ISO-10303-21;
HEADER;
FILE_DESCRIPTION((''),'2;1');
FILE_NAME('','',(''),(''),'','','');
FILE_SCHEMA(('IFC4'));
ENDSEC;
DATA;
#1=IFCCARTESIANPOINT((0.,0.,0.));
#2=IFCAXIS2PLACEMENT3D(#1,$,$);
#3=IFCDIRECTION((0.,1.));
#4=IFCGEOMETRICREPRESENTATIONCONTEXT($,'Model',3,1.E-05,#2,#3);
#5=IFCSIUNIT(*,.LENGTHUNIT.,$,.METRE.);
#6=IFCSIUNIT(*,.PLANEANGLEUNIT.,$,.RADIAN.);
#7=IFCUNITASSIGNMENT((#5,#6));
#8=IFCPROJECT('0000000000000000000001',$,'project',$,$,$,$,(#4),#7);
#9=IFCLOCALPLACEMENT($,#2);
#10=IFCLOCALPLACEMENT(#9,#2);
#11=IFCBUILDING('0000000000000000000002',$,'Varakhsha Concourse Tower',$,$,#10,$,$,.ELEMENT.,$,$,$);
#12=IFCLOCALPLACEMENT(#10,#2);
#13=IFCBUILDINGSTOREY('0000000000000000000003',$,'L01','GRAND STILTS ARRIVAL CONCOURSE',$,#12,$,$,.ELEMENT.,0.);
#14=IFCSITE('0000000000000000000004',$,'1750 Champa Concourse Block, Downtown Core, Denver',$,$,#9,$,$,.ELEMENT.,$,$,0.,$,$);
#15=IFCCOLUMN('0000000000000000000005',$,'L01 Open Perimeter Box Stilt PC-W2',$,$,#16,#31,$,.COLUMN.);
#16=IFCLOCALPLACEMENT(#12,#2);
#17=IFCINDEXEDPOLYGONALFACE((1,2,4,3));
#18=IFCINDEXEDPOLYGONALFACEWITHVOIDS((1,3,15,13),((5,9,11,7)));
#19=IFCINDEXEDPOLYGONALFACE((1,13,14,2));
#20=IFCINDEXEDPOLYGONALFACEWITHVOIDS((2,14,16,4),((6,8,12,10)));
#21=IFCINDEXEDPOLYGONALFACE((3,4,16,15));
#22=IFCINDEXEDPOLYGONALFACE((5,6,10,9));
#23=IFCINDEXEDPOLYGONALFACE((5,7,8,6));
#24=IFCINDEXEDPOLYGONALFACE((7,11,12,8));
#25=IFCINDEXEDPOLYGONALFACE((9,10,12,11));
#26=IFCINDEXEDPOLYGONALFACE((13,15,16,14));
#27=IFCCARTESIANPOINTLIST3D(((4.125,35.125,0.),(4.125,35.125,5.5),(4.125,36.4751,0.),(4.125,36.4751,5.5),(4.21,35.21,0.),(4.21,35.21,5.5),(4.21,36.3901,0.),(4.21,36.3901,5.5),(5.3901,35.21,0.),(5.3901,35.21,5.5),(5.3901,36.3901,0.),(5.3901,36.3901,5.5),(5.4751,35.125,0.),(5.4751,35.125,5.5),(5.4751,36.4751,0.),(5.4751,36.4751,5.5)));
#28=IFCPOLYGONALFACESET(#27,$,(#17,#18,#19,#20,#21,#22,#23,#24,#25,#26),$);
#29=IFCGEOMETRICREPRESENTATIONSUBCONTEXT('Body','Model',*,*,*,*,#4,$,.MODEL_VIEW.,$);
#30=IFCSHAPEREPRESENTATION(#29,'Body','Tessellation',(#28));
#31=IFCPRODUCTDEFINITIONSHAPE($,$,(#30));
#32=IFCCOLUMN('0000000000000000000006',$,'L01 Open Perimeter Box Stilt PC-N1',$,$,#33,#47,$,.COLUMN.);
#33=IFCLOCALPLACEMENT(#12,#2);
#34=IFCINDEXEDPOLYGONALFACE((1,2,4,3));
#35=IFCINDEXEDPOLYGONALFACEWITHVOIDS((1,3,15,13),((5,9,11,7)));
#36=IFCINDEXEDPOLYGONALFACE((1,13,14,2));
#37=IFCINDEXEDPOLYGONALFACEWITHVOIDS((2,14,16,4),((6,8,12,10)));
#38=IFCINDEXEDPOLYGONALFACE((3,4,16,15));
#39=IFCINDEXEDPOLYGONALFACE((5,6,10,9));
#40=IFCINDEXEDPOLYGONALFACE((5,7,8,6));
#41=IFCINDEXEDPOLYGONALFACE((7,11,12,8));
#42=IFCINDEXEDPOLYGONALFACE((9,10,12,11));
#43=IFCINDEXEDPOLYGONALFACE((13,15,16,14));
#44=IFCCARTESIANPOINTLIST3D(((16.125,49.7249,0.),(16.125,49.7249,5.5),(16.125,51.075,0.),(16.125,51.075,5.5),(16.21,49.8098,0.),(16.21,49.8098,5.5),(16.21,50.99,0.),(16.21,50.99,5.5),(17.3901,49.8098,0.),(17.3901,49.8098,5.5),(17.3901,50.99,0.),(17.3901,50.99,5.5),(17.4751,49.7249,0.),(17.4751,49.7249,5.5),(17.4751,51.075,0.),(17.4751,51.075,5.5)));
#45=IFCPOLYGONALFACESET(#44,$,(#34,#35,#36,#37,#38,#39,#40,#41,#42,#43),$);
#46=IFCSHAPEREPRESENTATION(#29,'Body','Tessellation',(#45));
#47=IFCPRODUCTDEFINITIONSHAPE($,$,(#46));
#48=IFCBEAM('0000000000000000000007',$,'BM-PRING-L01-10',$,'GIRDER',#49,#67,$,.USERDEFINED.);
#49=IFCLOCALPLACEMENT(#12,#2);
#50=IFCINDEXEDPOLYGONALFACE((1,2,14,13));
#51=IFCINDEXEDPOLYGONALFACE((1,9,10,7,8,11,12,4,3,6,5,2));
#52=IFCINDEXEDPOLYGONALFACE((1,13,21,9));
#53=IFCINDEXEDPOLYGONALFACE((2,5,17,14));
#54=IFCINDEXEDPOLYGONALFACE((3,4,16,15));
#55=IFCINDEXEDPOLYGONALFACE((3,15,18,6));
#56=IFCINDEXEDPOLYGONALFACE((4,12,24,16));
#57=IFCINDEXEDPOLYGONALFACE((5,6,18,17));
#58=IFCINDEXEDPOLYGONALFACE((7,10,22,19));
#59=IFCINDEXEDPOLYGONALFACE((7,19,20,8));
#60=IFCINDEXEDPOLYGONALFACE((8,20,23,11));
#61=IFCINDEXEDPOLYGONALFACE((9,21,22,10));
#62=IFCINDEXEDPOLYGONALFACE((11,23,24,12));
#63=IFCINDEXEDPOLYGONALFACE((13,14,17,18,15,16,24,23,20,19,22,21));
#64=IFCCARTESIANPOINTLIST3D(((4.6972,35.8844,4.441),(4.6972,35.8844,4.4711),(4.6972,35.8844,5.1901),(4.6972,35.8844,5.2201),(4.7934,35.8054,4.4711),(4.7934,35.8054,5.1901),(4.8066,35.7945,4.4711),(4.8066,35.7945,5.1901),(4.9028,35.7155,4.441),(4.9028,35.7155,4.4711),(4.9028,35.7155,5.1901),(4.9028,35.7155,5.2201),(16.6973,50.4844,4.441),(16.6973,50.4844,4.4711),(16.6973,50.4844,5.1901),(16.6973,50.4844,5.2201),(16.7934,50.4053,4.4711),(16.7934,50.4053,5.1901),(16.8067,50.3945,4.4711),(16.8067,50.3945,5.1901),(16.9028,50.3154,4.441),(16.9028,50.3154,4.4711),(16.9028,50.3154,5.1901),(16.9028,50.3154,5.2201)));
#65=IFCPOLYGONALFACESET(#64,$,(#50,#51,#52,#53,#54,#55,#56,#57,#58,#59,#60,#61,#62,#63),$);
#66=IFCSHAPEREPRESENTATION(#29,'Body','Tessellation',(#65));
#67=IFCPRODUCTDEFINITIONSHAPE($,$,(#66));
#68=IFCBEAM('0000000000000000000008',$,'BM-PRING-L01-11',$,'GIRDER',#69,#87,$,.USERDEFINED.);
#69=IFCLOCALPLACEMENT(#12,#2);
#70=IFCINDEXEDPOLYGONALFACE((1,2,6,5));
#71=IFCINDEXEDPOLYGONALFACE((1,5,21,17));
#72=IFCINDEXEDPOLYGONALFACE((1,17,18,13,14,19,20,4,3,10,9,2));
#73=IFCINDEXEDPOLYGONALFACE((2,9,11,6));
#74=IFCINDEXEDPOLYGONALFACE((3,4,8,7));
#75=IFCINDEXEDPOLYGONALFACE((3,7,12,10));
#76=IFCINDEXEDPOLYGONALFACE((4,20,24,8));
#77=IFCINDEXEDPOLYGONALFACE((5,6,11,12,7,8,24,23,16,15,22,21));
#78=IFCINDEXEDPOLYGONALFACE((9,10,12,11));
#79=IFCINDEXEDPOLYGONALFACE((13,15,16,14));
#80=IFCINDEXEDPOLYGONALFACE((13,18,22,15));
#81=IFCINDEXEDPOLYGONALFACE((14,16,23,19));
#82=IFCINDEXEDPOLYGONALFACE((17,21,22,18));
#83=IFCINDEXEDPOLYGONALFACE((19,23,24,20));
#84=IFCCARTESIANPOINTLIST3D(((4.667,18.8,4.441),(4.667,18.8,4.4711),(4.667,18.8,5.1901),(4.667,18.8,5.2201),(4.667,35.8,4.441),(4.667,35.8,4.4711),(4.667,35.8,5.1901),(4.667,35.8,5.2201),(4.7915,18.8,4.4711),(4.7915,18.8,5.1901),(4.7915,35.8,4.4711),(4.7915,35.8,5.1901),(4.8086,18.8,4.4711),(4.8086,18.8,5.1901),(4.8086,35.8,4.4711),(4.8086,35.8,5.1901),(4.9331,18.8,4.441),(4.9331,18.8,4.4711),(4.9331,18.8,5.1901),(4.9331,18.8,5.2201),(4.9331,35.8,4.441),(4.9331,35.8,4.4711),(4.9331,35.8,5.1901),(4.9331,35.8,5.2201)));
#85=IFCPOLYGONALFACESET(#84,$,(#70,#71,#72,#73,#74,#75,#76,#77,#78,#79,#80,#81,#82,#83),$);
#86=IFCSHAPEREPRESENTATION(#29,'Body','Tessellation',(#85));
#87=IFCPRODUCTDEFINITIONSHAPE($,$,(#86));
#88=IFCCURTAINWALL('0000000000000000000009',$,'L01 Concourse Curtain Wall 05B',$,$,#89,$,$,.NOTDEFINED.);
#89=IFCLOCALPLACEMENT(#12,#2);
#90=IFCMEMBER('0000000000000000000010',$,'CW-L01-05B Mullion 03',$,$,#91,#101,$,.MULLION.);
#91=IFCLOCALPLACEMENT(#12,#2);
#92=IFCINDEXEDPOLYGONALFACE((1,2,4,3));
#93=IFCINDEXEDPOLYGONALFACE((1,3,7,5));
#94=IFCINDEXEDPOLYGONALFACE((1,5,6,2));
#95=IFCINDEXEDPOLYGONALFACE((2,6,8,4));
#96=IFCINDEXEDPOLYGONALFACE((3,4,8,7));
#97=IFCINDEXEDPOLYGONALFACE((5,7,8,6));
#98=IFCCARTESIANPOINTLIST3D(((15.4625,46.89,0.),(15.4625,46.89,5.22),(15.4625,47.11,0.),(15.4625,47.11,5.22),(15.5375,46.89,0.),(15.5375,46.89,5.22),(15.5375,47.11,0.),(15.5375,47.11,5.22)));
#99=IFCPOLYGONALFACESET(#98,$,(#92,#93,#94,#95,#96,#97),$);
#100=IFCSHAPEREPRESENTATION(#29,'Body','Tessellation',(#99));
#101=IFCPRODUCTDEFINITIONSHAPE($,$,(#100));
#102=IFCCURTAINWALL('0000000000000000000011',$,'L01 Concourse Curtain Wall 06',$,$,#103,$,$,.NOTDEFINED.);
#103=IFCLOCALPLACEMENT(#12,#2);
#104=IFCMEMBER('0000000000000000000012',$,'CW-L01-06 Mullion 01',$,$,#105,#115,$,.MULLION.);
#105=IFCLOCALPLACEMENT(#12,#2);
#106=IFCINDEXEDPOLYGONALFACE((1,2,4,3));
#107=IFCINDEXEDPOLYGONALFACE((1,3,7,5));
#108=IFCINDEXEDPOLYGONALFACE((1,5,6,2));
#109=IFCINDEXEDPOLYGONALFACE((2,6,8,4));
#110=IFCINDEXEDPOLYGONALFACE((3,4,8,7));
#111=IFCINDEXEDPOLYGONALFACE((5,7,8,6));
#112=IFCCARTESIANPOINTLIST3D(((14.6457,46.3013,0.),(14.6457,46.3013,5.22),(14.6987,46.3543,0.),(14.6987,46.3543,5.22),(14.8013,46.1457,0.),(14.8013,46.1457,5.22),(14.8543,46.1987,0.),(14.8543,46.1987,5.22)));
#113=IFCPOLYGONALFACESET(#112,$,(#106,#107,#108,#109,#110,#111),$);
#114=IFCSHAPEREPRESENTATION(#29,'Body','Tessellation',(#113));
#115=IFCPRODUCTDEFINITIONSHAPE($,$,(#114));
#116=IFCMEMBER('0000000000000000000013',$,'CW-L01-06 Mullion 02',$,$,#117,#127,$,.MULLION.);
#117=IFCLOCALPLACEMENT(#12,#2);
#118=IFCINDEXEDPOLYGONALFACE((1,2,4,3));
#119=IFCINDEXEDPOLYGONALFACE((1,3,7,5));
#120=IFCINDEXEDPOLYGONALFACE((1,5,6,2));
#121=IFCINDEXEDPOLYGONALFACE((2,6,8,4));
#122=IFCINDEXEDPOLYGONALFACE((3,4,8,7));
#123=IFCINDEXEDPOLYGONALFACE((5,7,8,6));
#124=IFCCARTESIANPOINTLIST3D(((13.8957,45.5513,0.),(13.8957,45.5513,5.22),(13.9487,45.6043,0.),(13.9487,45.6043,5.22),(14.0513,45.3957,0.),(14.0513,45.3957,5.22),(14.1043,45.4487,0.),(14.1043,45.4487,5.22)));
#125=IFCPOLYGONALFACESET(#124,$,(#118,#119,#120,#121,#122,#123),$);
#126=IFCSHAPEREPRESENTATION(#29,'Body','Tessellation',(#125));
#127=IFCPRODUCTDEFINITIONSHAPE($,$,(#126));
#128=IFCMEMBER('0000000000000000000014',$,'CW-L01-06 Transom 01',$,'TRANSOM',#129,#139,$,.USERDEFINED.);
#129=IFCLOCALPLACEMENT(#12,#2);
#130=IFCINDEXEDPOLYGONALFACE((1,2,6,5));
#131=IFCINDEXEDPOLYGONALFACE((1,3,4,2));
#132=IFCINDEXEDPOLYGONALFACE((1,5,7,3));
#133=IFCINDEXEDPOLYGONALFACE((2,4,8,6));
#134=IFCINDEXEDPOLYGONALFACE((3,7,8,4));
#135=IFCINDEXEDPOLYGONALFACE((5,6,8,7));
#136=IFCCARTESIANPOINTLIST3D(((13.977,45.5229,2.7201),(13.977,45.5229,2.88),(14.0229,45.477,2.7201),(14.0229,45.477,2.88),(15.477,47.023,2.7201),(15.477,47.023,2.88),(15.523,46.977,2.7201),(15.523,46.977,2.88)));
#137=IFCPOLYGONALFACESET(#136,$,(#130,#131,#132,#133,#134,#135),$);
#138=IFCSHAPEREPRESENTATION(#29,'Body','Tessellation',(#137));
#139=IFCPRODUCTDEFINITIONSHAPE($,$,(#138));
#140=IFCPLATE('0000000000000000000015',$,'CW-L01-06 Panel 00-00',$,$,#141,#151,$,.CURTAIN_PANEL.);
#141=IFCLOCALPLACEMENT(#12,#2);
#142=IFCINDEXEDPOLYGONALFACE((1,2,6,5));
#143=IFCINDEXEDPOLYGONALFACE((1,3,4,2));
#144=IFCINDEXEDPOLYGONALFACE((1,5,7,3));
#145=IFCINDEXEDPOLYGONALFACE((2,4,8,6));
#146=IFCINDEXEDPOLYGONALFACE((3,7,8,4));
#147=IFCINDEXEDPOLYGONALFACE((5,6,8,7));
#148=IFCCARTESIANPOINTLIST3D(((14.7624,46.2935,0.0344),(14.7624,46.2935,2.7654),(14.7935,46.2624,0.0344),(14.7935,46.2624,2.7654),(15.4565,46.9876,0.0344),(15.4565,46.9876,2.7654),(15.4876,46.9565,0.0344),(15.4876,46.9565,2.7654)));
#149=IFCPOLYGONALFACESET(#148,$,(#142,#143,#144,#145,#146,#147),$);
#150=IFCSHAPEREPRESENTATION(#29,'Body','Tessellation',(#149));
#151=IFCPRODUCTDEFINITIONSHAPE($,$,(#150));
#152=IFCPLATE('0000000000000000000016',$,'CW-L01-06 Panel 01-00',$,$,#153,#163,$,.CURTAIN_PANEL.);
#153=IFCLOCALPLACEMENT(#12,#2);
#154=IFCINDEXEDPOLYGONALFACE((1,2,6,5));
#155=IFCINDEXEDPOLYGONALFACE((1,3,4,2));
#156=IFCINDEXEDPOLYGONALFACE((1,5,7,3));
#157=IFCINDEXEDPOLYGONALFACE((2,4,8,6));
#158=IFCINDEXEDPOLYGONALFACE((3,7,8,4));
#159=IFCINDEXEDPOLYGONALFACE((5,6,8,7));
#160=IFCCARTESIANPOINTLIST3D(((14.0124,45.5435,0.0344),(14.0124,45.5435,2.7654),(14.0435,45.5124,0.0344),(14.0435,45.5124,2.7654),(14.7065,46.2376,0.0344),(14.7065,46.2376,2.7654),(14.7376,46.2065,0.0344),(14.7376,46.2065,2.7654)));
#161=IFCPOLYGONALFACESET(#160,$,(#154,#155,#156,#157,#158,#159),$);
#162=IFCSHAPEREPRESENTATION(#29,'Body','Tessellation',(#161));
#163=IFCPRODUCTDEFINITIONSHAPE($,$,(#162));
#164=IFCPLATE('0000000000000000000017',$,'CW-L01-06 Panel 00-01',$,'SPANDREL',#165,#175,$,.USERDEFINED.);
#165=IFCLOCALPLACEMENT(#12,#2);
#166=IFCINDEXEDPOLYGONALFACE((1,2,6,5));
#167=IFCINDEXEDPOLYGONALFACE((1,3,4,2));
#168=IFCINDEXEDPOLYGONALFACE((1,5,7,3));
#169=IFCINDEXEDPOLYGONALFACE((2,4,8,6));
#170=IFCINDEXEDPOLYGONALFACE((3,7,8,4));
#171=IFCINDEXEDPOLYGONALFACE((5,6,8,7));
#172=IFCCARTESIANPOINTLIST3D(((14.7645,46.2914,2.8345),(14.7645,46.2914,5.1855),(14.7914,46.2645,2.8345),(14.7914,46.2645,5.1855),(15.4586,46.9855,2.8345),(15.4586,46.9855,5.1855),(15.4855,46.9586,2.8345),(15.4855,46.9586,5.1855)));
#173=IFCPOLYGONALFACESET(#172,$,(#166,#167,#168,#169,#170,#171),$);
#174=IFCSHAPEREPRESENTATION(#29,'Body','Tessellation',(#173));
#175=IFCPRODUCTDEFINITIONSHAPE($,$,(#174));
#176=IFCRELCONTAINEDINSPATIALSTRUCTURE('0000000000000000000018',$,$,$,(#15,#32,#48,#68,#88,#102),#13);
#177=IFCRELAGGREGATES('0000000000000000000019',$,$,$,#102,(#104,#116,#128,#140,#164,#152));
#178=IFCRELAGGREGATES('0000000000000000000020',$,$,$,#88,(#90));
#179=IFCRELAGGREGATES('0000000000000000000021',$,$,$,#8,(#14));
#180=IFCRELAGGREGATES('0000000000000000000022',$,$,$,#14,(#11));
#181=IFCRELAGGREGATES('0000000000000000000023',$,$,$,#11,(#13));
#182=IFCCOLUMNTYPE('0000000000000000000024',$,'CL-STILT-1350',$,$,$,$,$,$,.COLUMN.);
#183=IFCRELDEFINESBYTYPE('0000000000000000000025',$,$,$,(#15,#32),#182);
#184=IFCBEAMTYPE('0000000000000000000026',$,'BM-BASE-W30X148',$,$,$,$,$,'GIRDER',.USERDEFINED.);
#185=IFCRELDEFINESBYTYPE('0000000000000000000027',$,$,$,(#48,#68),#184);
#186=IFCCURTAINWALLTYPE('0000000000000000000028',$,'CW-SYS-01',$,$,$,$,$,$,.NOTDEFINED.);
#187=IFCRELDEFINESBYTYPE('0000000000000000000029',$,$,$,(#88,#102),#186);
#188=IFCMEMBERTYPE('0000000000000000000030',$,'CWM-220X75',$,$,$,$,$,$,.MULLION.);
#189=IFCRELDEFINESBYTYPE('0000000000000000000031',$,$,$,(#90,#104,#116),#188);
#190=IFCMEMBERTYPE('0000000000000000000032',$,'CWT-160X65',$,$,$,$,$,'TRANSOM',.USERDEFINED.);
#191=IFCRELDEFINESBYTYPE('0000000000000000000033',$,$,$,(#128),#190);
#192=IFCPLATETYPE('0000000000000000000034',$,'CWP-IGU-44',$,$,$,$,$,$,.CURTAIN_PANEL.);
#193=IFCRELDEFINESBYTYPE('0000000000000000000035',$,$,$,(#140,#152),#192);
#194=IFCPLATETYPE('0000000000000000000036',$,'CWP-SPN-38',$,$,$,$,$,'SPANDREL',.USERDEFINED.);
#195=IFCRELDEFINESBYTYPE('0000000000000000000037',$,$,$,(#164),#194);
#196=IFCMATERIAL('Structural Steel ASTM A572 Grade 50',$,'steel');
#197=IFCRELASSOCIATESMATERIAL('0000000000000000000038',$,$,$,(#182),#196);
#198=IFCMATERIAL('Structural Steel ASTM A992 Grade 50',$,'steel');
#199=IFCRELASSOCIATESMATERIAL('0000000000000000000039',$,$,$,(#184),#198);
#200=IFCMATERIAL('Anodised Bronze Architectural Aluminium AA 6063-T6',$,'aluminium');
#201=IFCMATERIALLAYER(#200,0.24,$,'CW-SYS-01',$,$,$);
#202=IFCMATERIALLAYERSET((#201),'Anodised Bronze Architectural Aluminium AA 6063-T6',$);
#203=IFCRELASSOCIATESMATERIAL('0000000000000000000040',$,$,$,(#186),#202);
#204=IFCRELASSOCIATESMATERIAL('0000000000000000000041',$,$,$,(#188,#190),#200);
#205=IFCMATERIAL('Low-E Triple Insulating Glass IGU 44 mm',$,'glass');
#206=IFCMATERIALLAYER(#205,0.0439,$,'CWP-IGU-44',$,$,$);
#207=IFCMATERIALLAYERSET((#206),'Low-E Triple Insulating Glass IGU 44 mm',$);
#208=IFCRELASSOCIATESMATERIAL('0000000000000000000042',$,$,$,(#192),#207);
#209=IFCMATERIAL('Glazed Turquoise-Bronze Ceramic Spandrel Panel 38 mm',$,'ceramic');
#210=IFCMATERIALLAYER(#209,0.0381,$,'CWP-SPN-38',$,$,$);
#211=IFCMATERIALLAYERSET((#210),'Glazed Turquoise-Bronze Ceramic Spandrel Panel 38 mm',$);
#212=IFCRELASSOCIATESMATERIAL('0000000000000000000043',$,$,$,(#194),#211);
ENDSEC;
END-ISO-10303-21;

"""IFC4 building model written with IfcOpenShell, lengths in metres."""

from ifc_helpers import new_model, si_unit, direction, frame, origin, origin_2d, place, context, subcontext, project, spatial, rectangle, hollow_rectangle, i_section, extrude, source, transform, mapped, material, layer, layer_set, material_profile, profile_set, type_object, type_shapes, element, aggregate, save


model = new_model("IFC4")

# Units and contexts
model_context = context("Model", 3, precision=1e-05, world=origin(), true_north=direction((0.0, 1.0)))
body_context = subcontext(model_context, "Body", "Model", "MODEL_VIEW")
ifc_project = project(units=[si_unit("LENGTHUNIT", "METRE"), si_unit("PLANEANGLEUNIT", "RADIAN")], contexts=[model_context])

# Site, building, storey
site_placement = place(None, origin())
site = spatial("IfcSite", under=ifc_project, at=site_placement, Name="1750 Champa Concourse Block, Downtown Core, Denver", CompositionType="ELEMENT", RefElevation=0.0)
building_placement = place(site_placement, origin())
building = spatial("IfcBuilding", under=site, at=building_placement, Name="Varakhsha Concourse Tower", CompositionType="ELEMENT")
storey_placement = place(building_placement, origin())
storey = spatial("IfcBuildingStorey", under=building, at=storey_placement, Name="L01", Description="GRAND STILTS ARRIVAL CONCOURSE", CompositionType="ELEMENT", Elevation=0.0)

# Columns
ifc_material_1 = material(Name="Structural Steel ASTM A572 Grade 50", Category="steel")
ifc_material_profile_1 = material_profile(ifc_material_1, hollow_rectangle(XDim=1.3501, YDim=1.3501, WallThickness=0.085, at=origin_2d()), Name="BOX 1350x1350x85")
ifc_profile_set_1 = profile_set([ifc_material_profile_1], Name="Structural Steel ASTM A572 Grade 50")
column_type = type_object("IfcColumnType", Name="CL-STILT-1350", PredefinedType="COLUMN", material=ifc_profile_set_1)
for number, where, z_axis, x_axis, name in (
    (1, (4.8, 35.8, 0.0), (0.0, 0.0, 1.0), (1.0, 0.0, 0.0), "L01 Open Perimeter Box Stilt PC-W2"),
    (2, (16.8, 50.3999, 0.0), (0.0, 0.0, 1.0), (1.0, 0.0, 0.0), "L01 Open Perimeter Box Stilt PC-N1"),
):
    element("IfcColumn", number, at=place(storey_placement, frame(where, z_axis=z_axis, x_axis=x_axis)), inside=storey, type_object=column_type, Name=name, PredefinedType="COLUMN", context=body_context, shape_type="SweptSolid", body=[
        extrude(hollow_rectangle(XDim=1.3501, YDim=1.3501, WallThickness=0.085, at=origin_2d()), origin(), (0.0, 0.0, 1.0), 5.5),
    ])

# Beams
ifc_material_2 = material(Name="Structural Steel ASTM A992 Grade 50", Category="steel")
ifc_material_profile_2 = material_profile(ifc_material_2, i_section(OverallWidth=0.2661, OverallDepth=0.7791, WebThickness=0.0171, FlangeThickness=0.03, at=origin_2d()), Name="W30X148")
ifc_profile_set_2 = profile_set([ifc_material_profile_2], Name="Structural Steel ASTM A992 Grade 50")
beam_type = type_object("IfcBeamType", Name="BM-BASE-W30X148", ElementType="GIRDER", PredefinedType="USERDEFINED", material=ifc_profile_set_2)
beam_1_placement = place(storey_placement, frame((16.8, 50.3999, 4.8306), z_axis=(-0.634969, -0.772538, 0.0), x_axis=(0.772538, -0.634969, 0.0)))
element("IfcBeam", 3, at=beam_1_placement, inside=storey, type_object=beam_type, Name="BM-PRING-L01-10", ObjectType="GIRDER", PredefinedType="USERDEFINED", context=body_context, shape_type="SweptSolid", body=[
    extrude(i_section(OverallWidth=0.2661, OverallDepth=0.7791, WebThickness=0.0171, FlangeThickness=0.03, at=origin_2d()), origin(), (0.0, 0.0, 1.0), 18.8987),
])
beam_2_placement = place(storey_placement, frame((4.8, 35.8, 4.8306), z_axis=(0.0, -1.0, 0.0), x_axis=(1.0, 0.0, 0.0)))
element("IfcBeam", 4, at=beam_2_placement, inside=storey, type_object=beam_type, Name="BM-PRING-L01-11", ObjectType="GIRDER", PredefinedType="USERDEFINED", context=body_context, shape_type="SweptSolid", body=[
    extrude(i_section(OverallWidth=0.2661, OverallDepth=0.7791, WebThickness=0.0171, FlangeThickness=0.03, at=origin_2d()), origin(), (0.0, 0.0, 1.0), 17.0),
])

# Curtain wall, member
ifc_material_3 = material(Name="Anodised Bronze Architectural Aluminium AA 6063-T6", Category="aluminium")
ifc_layer_1 = layer(ifc_material_3, 0.24, Name="CW-SYS-01")
ifc_layer_set_1 = layer_set([ifc_layer_1], Name="Anodised Bronze Architectural Aluminium AA 6063-T6")
curtain_wall_type = type_object("IfcCurtainWallType", Name="CW-SYS-01", PredefinedType="NOTDEFINED", material=ifc_layer_set_1)
curtain_wall_1_placement = place(storey_placement, origin())
curtain_wall_1 = element("IfcCurtainWall", 5, at=curtain_wall_1_placement, inside=storey, type_object=curtain_wall_type, Name="L01 Concourse Curtain Wall 05B", PredefinedType="NOTDEFINED")
ifc_material_profile_3 = material_profile(ifc_material_3, rectangle(XDim=0.075, YDim=0.22, at=origin_2d()), Name="CWM-220X75")
ifc_profile_set_3 = profile_set([ifc_material_profile_3], Name="Anodised Bronze Architectural Aluminium AA 6063-T6")
member_type_1 = type_object("IfcMemberType", Name="CWM-220X75", PredefinedType="MULLION", material=ifc_profile_set_3)
shared_shape_1 = source(origin(), body_context, "Body", "SweptSolid", [
    extrude(rectangle(XDim=0.075, YDim=0.22, at=origin_2d()), origin(), (0.0, 0.0, 1.0), 5.22),
])
type_shapes(member_type_1, [shared_shape_1])
member_1_placement = place(storey_placement, frame((15.5, 47.0, 0.0), z_axis=(0.0, 0.0, 1.0), x_axis=(-1.0, 0.0, 0.0)))
member_1 = element("IfcMember", 6, at=member_1_placement, type_object=member_type_1, Name="CW-L01-05B Mullion 03", PredefinedType="MULLION", context=body_context, shape_type="MappedRepresentation", body=[
    mapped(shared_shape_1, transform((0.0, 0.0, 0.0), scale=1.0)),
])

# Curtain wall, members, plates
curtain_wall_2_placement = place(storey_placement, origin())
curtain_wall_2 = element("IfcCurtainWall", 7, at=curtain_wall_2_placement, inside=storey, type_object=curtain_wall_type, Name="L01 Concourse Curtain Wall 06", PredefinedType="NOTDEFINED")
member_2_placement = place(storey_placement, frame((14.75, 46.25, 0.0), z_axis=(0.0, 0.0, 1.0), x_axis=(-0.707107, -0.707107, 0.0)))
member_2 = element("IfcMember", 8, at=member_2_placement, type_object=member_type_1, Name="CW-L01-06 Mullion 01", PredefinedType="MULLION", context=body_context, shape_type="MappedRepresentation", body=[
    mapped(shared_shape_1, transform((0.0, 0.0, 0.0), scale=1.0)),
])
member_3_placement = place(storey_placement, frame((14.0, 45.5, 0.0), z_axis=(0.0, 0.0, 1.0), x_axis=(-0.707107, -0.707107, 0.0)))
member_3 = element("IfcMember", 9, at=member_3_placement, type_object=member_type_1, Name="CW-L01-06 Mullion 02", PredefinedType="MULLION", context=body_context, shape_type="MappedRepresentation", body=[
    mapped(shared_shape_1, transform((0.0, 0.0, 0.0), scale=1.0)),
])
ifc_material_profile_4 = material_profile(ifc_material_3, rectangle(XDim=0.0649, YDim=0.1599, at=origin_2d()), Name="CWT-160X65")
ifc_profile_set_4 = profile_set([ifc_material_profile_4], Name="Anodised Bronze Architectural Aluminium AA 6063-T6")
member_type_2 = type_object("IfcMemberType", Name="CWT-160X65", ElementType="TRANSOM", PredefinedType="USERDEFINED", material=ifc_profile_set_4)
shared_shape_2 = source(origin(), body_context, "Body", "SweptSolid", [
    extrude(rectangle(XDim=0.0649, YDim=0.1599, at=origin_2d()), origin(), (0.0, 0.0, 1.0), 2.1213),
])
type_shapes(member_type_2, [shared_shape_2])
member_4_placement = place(storey_placement, frame((15.5, 47.0, 2.8), z_axis=(-0.707107, -0.707107, 0.0), x_axis=(0.707107, -0.707107, 0.0)))
member_4 = element("IfcMember", 10, at=member_4_placement, type_object=member_type_2, Name="CW-L01-06 Transom 01", ObjectType="TRANSOM", PredefinedType="USERDEFINED", context=body_context, shape_type="MappedRepresentation", body=[
    mapped(shared_shape_2, transform((0.0, 0.0, 0.0), scale=1.0)),
])
ifc_material_4 = material(Name="Low-E Triple Insulating Glass IGU 44 mm", Category="glass")
ifc_layer_2 = layer(ifc_material_4, 0.0439, Name="CWP-IGU-44")
ifc_layer_set_2 = layer_set([ifc_layer_2], Name="Low-E Triple Insulating Glass IGU 44 mm")
plate_type_1 = type_object("IfcPlateType", Name="CWP-IGU-44", PredefinedType="CURTAIN_PANEL", material=ifc_layer_set_2)
shared_shape_3 = source(origin(), body_context, "Body", "SweptSolid", [
    extrude(rectangle(XDim=0.9817, YDim=0.0439, at=origin_2d()), origin(), (0.0, 0.0, 1.0), 2.731),
])
plate_1_placement = place(storey_placement, frame((15.125, 46.625, 0.0344), z_axis=(0.0, 0.0, 1.0), x_axis=(-0.707107, -0.707107, 0.0)))
plate_1 = element("IfcPlate", 11, at=plate_1_placement, type_object=plate_type_1, Name="CW-L01-06 Panel 00-00", PredefinedType="CURTAIN_PANEL", context=body_context, shape_type="MappedRepresentation", body=[
    mapped(shared_shape_3, transform((0.0, 0.0, 0.0), scale=1.0)),
])
plate_2_placement = place(storey_placement, frame((14.375, 45.875, 0.0344), z_axis=(0.0, 0.0, 1.0), x_axis=(-0.707107, -0.707107, 0.0)))
plate_2 = element("IfcPlate", 12, at=plate_2_placement, type_object=plate_type_1, Name="CW-L01-06 Panel 01-00", PredefinedType="CURTAIN_PANEL", context=body_context, shape_type="MappedRepresentation", body=[
    mapped(shared_shape_3, transform((0.0, 0.0, 0.0), scale=1.0)),
])
ifc_material_5 = material(Name="Glazed Turquoise-Bronze Ceramic Spandrel Panel 38 mm", Category="ceramic")
ifc_layer_3 = layer(ifc_material_5, 0.0381, Name="CWP-SPN-38")
ifc_layer_set_3 = layer_set([ifc_layer_3], Name="Glazed Turquoise-Bronze Ceramic Spandrel Panel 38 mm")
plate_type_2 = type_object("IfcPlateType", Name="CWP-SPN-38", ElementType="SPANDREL", PredefinedType="USERDEFINED", material=ifc_layer_set_3)
shared_shape_4 = source(origin(), body_context, "Body", "SweptSolid", [
    extrude(rectangle(XDim=0.9817, YDim=0.0381, at=origin_2d()), origin(), (0.0, 0.0, 1.0), 2.3511),
])
type_shapes(plate_type_2, [shared_shape_4])
plate_3_placement = place(storey_placement, frame((15.125, 46.625, 2.8345), z_axis=(0.0, 0.0, 1.0), x_axis=(-0.707107, -0.707107, 0.0)))
plate_3 = element("IfcPlate", 13, at=plate_3_placement, type_object=plate_type_2, Name="CW-L01-06 Panel 00-01", ObjectType="SPANDREL", PredefinedType="USERDEFINED", context=body_context, shape_type="MappedRepresentation", body=[
    mapped(shared_shape_4, transform((0.0, 0.0, 0.0), scale=1.0)),
])
aggregate(curtain_wall_2, [member_2, member_3, member_4, plate_1, plate_3, plate_2])

aggregate(curtain_wall_1, [member_1])

save(model, "model.ifc")
